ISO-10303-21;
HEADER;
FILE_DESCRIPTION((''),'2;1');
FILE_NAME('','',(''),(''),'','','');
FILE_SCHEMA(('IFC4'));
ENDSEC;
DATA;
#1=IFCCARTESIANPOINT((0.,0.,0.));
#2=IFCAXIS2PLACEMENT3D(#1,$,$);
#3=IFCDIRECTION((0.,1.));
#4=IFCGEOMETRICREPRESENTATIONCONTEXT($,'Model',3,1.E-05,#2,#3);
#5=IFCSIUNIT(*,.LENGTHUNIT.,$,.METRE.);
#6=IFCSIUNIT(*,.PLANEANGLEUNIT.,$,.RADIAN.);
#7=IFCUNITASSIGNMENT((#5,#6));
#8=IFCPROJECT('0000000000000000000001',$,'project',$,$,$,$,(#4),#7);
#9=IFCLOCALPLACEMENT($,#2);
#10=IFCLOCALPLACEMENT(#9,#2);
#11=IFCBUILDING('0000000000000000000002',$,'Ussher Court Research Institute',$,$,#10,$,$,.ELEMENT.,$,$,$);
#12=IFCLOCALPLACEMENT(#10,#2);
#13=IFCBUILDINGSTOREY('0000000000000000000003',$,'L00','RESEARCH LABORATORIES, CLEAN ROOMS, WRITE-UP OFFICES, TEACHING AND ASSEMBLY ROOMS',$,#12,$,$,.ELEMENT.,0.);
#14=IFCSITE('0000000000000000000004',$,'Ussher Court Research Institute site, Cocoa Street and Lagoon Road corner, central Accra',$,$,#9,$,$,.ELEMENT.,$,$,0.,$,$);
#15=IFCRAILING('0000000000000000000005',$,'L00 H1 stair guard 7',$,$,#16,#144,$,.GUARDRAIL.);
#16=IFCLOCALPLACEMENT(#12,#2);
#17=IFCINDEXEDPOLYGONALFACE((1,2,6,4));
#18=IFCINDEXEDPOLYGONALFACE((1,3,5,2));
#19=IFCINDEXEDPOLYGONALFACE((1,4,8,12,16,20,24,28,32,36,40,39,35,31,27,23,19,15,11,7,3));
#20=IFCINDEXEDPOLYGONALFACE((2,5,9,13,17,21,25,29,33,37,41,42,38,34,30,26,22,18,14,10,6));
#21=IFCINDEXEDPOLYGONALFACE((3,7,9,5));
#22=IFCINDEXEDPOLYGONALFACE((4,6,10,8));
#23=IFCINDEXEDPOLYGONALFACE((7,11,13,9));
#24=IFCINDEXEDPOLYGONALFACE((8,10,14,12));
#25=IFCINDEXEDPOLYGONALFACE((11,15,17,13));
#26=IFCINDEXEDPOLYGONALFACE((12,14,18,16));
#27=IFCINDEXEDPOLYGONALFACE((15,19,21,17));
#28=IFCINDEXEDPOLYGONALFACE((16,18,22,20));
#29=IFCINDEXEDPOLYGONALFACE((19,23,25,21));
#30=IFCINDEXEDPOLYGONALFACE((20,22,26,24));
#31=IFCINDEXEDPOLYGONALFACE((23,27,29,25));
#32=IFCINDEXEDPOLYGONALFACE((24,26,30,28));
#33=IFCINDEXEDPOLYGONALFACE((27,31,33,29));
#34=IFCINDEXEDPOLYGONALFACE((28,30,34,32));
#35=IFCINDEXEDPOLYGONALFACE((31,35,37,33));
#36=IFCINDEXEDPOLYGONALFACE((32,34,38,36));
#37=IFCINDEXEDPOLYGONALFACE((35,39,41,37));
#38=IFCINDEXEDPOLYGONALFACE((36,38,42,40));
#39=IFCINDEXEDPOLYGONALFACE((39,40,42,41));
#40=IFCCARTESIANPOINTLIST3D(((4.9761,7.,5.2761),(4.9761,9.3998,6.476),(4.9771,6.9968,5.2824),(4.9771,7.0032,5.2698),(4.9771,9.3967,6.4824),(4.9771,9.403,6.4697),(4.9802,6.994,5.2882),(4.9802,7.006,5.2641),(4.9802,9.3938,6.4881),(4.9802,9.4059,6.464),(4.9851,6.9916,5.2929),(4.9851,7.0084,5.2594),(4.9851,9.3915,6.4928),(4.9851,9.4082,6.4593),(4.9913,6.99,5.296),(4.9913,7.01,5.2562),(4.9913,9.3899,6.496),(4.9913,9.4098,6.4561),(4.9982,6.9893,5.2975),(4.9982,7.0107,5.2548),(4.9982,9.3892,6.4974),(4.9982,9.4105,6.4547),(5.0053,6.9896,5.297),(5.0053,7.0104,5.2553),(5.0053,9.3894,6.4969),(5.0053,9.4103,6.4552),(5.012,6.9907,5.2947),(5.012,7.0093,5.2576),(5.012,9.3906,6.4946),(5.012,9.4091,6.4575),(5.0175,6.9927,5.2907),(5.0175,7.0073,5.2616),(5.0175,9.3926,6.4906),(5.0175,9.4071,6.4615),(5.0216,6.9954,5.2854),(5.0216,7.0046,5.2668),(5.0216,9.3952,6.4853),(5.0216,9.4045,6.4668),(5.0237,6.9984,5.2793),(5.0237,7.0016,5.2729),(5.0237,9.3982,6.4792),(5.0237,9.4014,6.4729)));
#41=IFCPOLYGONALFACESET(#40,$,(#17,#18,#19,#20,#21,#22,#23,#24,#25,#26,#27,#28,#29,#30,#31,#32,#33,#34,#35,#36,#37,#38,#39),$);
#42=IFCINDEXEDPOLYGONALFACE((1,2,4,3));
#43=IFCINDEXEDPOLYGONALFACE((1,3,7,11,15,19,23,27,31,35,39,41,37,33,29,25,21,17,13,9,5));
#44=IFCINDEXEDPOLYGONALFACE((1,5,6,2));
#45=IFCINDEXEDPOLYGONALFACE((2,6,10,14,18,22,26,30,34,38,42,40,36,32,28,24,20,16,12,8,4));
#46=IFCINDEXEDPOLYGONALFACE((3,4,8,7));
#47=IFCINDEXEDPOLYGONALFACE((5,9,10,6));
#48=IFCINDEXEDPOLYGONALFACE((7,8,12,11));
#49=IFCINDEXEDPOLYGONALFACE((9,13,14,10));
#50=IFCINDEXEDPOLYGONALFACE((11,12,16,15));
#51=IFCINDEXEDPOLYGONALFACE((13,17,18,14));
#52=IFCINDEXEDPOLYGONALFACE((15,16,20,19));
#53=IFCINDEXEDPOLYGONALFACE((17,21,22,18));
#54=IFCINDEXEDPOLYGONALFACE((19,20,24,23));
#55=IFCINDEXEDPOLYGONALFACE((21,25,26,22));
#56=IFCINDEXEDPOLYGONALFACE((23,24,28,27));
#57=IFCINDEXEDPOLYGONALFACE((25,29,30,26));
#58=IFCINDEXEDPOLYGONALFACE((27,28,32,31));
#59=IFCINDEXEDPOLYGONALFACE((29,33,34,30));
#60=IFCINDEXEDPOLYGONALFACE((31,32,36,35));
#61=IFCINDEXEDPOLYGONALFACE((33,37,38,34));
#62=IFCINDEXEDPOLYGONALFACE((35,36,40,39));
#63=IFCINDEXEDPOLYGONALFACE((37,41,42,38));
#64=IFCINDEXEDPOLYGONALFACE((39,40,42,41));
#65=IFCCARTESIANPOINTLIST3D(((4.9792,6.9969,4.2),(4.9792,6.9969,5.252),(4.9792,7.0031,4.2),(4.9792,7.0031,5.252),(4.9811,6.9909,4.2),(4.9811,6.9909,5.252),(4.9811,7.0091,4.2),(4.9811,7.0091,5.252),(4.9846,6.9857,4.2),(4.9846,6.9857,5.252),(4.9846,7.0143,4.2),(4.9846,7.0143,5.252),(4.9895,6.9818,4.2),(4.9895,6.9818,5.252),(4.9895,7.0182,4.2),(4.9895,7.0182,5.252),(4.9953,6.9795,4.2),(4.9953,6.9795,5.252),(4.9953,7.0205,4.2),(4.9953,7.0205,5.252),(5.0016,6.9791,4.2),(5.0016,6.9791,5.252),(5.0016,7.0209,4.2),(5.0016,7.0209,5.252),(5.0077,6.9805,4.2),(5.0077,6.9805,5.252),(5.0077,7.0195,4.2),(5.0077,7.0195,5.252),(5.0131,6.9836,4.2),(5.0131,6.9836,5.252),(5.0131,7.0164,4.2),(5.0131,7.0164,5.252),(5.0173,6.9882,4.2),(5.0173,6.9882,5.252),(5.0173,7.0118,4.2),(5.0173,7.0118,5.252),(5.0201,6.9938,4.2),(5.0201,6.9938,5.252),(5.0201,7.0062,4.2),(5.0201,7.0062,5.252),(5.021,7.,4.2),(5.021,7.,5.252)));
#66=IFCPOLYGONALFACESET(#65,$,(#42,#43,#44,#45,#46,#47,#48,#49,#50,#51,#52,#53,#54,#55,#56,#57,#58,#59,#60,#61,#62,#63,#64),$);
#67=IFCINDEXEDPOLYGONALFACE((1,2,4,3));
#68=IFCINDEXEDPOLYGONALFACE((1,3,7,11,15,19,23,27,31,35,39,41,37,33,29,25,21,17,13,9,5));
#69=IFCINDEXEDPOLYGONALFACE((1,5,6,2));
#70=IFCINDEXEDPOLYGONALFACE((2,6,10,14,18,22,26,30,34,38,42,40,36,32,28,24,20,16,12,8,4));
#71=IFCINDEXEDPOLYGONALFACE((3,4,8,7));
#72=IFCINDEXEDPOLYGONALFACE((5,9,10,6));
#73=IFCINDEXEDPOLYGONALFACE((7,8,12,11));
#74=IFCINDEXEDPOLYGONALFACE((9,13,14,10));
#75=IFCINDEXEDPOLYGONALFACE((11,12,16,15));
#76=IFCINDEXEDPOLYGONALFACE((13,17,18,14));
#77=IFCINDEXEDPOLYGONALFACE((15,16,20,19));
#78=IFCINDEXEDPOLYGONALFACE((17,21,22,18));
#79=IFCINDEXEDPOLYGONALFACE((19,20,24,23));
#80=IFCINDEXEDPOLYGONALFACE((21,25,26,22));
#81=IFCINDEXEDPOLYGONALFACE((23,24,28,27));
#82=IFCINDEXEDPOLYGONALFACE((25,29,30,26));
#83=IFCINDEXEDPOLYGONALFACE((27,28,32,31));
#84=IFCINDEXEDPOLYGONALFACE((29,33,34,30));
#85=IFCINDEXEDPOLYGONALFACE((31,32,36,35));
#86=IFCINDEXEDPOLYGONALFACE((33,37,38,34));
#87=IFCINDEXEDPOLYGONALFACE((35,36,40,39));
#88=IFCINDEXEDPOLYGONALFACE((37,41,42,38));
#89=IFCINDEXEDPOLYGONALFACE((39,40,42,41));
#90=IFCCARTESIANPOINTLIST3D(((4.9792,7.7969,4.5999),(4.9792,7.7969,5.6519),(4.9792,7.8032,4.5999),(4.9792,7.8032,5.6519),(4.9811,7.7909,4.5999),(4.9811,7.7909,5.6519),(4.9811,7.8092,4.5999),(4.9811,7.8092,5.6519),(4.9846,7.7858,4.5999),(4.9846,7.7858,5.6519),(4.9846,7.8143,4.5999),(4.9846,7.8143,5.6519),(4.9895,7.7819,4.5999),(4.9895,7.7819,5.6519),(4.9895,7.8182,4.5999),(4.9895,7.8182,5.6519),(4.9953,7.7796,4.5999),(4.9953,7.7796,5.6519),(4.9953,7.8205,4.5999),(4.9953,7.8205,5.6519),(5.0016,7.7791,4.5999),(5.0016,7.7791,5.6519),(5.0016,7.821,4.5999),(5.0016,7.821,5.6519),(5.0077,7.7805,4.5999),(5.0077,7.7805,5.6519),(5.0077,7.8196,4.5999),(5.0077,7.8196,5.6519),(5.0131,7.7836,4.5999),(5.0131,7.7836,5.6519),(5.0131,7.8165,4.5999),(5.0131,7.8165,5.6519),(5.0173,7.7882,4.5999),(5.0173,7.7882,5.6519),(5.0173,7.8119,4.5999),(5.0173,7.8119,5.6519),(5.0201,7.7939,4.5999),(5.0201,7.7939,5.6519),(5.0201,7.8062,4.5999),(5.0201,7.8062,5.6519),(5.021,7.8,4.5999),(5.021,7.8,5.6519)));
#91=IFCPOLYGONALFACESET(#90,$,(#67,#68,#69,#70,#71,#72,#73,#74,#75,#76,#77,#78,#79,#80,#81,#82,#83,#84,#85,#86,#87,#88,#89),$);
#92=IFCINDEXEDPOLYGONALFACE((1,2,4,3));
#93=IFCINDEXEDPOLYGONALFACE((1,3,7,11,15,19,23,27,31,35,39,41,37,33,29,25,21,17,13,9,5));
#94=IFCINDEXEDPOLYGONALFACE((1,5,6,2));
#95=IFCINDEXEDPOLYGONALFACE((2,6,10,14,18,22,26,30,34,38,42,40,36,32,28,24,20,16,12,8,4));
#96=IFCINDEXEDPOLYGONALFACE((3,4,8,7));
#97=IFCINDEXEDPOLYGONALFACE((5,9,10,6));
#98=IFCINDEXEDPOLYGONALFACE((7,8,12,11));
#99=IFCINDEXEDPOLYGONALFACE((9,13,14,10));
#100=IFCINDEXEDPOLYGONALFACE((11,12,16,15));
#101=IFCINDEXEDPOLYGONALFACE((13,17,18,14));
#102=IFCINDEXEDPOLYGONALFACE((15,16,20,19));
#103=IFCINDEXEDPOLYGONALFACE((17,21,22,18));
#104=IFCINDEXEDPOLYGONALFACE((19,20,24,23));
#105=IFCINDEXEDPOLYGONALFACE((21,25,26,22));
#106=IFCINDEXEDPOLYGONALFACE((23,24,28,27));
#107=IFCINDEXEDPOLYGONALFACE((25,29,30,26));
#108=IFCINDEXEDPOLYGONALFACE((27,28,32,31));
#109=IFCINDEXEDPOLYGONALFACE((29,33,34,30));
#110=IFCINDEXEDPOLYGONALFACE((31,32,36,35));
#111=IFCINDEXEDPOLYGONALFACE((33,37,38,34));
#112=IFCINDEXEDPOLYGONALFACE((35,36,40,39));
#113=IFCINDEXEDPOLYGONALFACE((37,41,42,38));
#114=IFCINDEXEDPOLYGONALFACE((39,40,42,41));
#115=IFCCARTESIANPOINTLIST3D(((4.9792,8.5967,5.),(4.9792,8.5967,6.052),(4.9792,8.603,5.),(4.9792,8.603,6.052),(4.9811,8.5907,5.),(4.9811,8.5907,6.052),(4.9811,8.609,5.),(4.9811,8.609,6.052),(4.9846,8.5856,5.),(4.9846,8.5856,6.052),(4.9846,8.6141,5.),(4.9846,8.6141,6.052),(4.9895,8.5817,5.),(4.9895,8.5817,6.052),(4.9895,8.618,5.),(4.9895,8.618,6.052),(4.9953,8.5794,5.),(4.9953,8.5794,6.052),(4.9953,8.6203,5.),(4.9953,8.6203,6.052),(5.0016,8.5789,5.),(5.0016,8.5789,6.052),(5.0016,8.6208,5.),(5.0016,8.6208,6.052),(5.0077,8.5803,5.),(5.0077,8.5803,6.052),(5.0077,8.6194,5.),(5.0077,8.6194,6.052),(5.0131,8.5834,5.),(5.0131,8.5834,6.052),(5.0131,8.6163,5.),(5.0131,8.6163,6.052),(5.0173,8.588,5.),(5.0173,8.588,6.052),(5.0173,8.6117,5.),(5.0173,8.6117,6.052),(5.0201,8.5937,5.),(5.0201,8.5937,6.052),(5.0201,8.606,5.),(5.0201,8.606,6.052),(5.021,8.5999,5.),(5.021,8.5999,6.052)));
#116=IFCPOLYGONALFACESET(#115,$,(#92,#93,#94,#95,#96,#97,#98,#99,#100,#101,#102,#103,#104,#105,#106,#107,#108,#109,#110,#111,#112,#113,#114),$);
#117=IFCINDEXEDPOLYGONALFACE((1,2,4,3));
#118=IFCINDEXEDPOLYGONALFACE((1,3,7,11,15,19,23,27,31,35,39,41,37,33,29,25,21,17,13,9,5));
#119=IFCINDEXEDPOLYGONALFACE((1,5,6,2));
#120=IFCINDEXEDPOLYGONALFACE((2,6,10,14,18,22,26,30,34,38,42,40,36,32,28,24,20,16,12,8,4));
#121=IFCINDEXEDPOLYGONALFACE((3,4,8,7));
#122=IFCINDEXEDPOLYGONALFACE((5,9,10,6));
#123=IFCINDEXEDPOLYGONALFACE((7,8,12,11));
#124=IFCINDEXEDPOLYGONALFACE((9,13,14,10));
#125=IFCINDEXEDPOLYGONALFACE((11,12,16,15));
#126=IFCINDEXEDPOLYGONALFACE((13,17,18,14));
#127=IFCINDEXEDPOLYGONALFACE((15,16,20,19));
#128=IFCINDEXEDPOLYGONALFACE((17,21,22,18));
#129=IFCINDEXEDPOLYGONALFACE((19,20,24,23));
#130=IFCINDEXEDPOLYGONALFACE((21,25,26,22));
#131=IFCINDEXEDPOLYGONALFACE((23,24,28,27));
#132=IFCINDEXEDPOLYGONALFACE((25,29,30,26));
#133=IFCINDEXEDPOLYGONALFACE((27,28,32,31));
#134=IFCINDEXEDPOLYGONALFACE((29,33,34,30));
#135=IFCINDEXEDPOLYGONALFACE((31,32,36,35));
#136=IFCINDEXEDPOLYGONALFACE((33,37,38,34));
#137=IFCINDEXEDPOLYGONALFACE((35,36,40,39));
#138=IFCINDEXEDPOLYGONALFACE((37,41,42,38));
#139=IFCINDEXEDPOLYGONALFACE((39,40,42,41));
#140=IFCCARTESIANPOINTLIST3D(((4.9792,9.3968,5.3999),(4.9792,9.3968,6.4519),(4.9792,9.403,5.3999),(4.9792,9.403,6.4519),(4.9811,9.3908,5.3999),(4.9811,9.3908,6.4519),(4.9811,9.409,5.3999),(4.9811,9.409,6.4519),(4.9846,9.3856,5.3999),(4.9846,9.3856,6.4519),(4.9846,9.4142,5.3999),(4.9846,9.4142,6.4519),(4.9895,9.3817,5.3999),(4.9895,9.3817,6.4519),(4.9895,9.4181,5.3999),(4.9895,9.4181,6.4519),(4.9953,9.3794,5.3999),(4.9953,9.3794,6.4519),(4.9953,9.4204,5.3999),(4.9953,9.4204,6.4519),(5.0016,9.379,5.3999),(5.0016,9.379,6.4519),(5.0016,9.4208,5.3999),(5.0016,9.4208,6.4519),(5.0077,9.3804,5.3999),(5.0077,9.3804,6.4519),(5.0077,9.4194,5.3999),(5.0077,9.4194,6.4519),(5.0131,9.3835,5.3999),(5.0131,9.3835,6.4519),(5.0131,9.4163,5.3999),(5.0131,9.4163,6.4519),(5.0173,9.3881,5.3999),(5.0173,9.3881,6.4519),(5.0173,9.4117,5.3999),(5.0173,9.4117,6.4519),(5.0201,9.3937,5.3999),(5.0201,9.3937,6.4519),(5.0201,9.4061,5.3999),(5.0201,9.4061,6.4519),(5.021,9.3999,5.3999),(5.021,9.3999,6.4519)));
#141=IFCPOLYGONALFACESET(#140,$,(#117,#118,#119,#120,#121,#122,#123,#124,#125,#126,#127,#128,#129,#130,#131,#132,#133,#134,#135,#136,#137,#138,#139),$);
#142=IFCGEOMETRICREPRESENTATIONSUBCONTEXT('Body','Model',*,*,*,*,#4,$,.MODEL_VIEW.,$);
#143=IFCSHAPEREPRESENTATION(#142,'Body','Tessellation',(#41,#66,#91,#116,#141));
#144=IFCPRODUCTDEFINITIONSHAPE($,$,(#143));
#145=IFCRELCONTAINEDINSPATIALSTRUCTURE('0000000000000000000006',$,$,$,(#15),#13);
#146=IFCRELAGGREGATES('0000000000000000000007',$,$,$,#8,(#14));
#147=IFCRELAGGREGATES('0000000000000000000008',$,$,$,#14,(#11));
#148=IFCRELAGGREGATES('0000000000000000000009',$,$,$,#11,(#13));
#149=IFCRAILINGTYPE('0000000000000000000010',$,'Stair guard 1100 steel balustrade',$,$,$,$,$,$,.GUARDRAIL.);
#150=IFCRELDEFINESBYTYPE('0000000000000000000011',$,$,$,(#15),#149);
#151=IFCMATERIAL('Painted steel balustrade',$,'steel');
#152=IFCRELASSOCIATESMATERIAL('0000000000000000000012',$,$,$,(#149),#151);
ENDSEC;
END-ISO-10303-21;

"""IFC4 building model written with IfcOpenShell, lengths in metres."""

from ifc_helpers import new_model, si_unit, direction, frame, origin, origin_2d, place, context, subcontext, project, spatial, circle, extrude, material, type_object, element, save


model = new_model("IFC4")

# Units and contexts
model_context = context("Model", 3, precision=1e-05, world=origin(), true_north=direction((0.0, 1.0)))
body_context = subcontext(model_context, "Body", "Model", "MODEL_VIEW")
ifc_project = project(units=[si_unit("LENGTHUNIT", "METRE"), si_unit("PLANEANGLEUNIT", "RADIAN")], contexts=[model_context])

# Site, building, storey
site_placement = place(None, origin())
site = spatial("IfcSite", under=ifc_project, at=site_placement, Name="Ussher Court Research Institute site, Cocoa Street and Lagoon Road corner, central Accra", CompositionType="ELEMENT", RefElevation=0.0)
building_placement = place(site_placement, origin())
building = spatial("IfcBuilding", under=site, at=building_placement, Name="Ussher Court Research Institute", CompositionType="ELEMENT")
storey_placement = place(building_placement, origin())
storey = spatial("IfcBuildingStorey", under=building, at=storey_placement, Name="L00", Description="RESEARCH LABORATORIES, CLEAN ROOMS, WRITE-UP OFFICES, TEACHING AND ASSEMBLY ROOMS", CompositionType="ELEMENT", Elevation=0.0)

# Railing
ifc_material_1 = material(Name="Painted steel balustrade", Category="steel")
railing_type_1 = type_object("IfcRailingType", Name="Stair guard 1100 steel balustrade", PredefinedType="GUARDRAIL", material=ifc_material_1)
railing_1_placement = place(storey_placement, frame((5.0, 7.0, 4.2)))
element("IfcRailing", 1, at=railing_1_placement, inside=storey, type_object=railing_type_1, Name="L00 H1 stair guard 7", PredefinedType="GUARDRAIL", context=body_context, shape_type="SweptSolid", body=[
    extrude(circle(Radius=0.0239, at=origin_2d()), frame((0.0, 0.0, 1.0762), z_axis=(0.0, 0.894427, 0.447214), x_axis=(-1.0, 0.0, 0.0)), (0.0, 0.0, 1.0), 2.6831),
    extrude(circle(Radius=0.021, at=origin_2d()), origin(), (0.0, 0.0, 1.0), 1.052),
    extrude(circle(Radius=0.021, at=origin_2d()), frame((0.0, 0.8, 0.3999)), (0.0, 0.0, 1.0), 1.052),
    extrude(circle(Radius=0.021, at=origin_2d()), frame((0.0, 1.5999, 0.8)), (0.0, 0.0, 1.0), 1.052),
    extrude(circle(Radius=0.021, at=origin_2d()), frame((0.0, 2.3999, 1.2)), (0.0, 0.0, 1.0), 1.052),
])

save(model, "model.ifc")
